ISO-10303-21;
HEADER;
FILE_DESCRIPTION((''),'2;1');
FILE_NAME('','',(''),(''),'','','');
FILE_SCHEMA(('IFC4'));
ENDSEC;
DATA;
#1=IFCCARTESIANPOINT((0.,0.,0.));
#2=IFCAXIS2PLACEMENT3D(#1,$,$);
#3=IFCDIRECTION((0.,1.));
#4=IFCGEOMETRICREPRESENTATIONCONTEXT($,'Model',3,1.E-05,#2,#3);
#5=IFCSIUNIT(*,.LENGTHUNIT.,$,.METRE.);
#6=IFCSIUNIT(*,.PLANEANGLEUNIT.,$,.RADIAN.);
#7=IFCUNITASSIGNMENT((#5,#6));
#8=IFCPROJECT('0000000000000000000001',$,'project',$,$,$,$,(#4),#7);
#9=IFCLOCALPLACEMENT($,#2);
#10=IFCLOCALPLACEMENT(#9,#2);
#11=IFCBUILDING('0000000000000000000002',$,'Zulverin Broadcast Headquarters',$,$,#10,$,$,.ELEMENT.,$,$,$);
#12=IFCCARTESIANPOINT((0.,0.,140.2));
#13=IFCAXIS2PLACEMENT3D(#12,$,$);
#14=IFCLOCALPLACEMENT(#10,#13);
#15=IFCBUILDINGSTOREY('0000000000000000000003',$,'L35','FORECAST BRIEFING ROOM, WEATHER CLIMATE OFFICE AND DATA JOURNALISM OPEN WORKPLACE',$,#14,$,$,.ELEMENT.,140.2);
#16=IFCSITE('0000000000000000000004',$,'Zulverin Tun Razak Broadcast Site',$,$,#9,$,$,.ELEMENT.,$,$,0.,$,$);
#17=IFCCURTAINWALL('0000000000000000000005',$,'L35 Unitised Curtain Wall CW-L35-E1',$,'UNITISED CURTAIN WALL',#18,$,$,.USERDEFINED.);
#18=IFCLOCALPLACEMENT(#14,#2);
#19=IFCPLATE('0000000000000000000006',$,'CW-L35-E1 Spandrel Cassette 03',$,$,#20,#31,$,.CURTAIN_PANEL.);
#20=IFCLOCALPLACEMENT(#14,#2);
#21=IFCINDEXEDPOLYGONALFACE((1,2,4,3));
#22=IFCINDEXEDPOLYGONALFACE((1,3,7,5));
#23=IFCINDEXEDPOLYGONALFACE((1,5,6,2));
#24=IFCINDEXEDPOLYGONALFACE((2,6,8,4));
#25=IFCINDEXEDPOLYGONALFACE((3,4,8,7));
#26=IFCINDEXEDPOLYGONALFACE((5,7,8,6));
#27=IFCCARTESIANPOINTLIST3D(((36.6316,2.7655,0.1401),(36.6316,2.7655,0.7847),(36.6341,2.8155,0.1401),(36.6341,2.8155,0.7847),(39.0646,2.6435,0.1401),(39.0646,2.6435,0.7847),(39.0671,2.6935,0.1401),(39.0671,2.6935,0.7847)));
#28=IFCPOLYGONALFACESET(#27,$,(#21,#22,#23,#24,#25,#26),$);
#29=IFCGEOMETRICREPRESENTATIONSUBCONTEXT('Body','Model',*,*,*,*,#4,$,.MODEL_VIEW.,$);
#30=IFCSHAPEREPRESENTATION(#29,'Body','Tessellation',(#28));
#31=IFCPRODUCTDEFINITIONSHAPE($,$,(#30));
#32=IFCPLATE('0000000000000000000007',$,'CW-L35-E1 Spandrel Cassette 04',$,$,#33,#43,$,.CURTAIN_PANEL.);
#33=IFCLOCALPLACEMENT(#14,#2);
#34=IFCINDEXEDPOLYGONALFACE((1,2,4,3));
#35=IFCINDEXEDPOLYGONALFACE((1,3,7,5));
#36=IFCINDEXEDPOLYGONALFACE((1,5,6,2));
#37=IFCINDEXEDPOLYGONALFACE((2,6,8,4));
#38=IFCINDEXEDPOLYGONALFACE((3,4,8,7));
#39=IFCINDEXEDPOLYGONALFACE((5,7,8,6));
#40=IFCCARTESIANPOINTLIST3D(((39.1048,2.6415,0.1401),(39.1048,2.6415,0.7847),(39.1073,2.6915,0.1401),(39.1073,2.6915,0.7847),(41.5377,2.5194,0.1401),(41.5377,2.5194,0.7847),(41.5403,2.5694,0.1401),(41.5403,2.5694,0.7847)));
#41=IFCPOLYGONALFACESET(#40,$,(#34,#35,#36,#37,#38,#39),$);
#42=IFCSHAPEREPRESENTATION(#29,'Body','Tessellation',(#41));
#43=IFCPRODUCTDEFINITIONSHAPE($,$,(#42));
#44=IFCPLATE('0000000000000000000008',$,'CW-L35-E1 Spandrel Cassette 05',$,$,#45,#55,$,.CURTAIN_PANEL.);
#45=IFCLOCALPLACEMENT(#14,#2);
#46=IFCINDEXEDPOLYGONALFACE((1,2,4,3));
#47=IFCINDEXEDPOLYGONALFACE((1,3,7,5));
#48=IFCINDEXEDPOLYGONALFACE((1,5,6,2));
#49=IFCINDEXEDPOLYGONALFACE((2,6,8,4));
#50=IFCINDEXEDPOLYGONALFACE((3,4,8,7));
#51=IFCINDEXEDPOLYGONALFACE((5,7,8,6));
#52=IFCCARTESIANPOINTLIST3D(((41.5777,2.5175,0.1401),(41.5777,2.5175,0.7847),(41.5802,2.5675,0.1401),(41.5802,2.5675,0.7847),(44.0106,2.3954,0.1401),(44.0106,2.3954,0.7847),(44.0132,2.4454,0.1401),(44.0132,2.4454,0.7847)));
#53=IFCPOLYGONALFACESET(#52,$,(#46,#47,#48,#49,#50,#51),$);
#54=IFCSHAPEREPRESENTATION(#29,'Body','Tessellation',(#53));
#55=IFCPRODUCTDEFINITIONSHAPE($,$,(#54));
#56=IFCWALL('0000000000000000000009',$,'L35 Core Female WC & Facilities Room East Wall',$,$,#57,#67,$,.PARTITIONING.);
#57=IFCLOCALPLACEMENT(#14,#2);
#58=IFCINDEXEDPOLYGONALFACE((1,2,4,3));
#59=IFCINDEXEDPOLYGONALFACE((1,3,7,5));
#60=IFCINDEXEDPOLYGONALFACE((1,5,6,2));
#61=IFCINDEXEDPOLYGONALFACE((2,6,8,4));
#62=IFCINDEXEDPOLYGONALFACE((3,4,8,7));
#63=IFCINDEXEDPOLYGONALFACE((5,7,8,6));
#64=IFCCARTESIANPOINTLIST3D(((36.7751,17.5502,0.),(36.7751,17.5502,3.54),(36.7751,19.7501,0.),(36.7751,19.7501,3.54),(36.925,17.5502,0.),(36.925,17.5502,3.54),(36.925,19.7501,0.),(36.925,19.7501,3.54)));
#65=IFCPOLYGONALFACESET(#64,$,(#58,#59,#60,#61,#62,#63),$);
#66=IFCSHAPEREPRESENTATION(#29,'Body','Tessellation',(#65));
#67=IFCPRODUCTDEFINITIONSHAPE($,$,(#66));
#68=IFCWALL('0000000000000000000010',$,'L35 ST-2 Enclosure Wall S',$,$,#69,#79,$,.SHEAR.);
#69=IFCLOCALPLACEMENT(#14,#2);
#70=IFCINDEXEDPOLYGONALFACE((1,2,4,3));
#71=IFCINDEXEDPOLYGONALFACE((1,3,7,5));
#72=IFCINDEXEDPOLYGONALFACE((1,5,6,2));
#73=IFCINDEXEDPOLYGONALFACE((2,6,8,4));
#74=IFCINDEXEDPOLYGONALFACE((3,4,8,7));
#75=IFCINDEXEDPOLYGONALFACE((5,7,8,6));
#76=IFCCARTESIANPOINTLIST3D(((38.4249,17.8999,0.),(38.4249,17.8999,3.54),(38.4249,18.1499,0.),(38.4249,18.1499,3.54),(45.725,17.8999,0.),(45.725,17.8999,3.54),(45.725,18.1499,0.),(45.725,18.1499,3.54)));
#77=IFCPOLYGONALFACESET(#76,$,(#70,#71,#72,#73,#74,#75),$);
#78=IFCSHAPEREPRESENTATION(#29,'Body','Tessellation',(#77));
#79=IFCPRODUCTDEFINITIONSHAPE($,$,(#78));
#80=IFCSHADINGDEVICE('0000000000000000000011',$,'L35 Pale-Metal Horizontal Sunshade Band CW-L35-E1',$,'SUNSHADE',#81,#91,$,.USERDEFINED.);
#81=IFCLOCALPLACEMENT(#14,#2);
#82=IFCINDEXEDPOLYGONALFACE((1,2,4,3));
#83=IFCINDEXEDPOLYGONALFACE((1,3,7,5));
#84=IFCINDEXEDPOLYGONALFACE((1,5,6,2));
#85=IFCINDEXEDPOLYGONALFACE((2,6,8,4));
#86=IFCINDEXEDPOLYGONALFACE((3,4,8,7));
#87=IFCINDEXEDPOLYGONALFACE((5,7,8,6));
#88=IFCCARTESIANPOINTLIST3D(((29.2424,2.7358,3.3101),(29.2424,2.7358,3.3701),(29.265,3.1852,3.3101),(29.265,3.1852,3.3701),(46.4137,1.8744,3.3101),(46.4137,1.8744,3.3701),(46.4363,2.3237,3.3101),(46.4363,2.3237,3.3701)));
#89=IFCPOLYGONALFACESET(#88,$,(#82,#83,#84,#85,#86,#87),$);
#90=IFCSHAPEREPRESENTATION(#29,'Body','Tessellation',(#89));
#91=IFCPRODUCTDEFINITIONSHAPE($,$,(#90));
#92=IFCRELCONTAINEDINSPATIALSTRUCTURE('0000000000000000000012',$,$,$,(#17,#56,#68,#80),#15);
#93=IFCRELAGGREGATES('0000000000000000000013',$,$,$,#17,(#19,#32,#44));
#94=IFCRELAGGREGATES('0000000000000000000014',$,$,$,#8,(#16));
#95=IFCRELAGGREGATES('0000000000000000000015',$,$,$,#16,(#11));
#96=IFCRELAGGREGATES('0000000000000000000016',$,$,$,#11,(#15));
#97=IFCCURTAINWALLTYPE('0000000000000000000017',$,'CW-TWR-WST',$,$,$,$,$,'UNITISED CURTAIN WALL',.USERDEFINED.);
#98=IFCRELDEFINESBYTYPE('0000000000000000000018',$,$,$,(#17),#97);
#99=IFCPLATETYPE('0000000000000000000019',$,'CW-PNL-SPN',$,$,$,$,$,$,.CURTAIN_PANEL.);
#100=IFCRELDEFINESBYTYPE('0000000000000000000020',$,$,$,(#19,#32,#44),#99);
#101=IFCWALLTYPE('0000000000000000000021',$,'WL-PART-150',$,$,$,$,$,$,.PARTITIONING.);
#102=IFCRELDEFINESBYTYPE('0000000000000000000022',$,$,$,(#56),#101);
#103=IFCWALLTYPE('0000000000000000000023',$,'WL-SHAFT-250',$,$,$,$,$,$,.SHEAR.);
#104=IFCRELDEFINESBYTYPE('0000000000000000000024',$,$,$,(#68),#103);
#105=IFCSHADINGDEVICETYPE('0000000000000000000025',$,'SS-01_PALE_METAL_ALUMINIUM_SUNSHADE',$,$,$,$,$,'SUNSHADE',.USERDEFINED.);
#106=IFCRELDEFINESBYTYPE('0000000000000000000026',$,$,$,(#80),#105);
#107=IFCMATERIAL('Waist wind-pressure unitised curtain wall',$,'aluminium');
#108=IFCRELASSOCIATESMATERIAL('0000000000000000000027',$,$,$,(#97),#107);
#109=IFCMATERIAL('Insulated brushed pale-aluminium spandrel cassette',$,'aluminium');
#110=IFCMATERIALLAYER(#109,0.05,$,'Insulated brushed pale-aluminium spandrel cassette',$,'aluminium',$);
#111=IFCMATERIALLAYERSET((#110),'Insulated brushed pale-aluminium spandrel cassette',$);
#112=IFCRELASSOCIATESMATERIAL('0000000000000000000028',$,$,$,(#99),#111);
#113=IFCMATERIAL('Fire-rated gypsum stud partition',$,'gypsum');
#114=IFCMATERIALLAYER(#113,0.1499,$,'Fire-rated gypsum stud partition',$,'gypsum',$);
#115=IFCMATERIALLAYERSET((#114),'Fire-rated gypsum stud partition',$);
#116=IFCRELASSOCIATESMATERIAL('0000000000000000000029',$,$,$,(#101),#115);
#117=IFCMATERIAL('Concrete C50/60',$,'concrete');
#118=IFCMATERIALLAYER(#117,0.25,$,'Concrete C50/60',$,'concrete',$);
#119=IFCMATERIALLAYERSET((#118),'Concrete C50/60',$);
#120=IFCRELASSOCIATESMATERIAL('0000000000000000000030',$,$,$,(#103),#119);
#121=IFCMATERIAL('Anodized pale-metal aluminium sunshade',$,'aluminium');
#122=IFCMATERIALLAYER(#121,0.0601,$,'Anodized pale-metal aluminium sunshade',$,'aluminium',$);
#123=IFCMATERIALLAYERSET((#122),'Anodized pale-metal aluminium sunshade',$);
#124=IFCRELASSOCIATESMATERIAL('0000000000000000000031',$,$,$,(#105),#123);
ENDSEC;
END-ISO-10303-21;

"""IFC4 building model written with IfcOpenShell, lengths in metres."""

from ifc_helpers import new_model, si_unit, direction, frame, frame_2d, origin, origin_2d, place, context, subcontext, project, spatial, rectangle, extrude, material, layer, layer_set, type_object, element, aggregate, save


model = new_model("IFC4")

# Units and contexts
model_context = context("Model", 3, precision=1e-05, world=origin(), true_north=direction((0.0, 1.0)))
body_context = subcontext(model_context, "Body", "Model", "MODEL_VIEW")
ifc_project = project(units=[si_unit("LENGTHUNIT", "METRE"), si_unit("PLANEANGLEUNIT", "RADIAN")], contexts=[model_context])

# Site, building, storey
site_placement = place(None, origin())
site = spatial("IfcSite", under=ifc_project, at=site_placement, Name="Zulverin Tun Razak Broadcast Site", CompositionType="ELEMENT", RefElevation=0.0)
building_placement = place(site_placement, origin())
building = spatial("IfcBuilding", under=site, at=building_placement, Name="Zulverin Broadcast Headquarters", CompositionType="ELEMENT")
storey_placement = place(building_placement, frame((0.0, 0.0, 140.2)))
storey = spatial("IfcBuildingStorey", under=building, at=storey_placement, Name="L35", Description="FORECAST BRIEFING ROOM, WEATHER CLIMATE OFFICE AND DATA JOURNALISM OPEN WORKPLACE", CompositionType="ELEMENT", Elevation=140.2)

# Shared definitions
ifc_material_1 = material(Name="Concrete C50/60", Category="concrete")

# Curtain wall, plates
ifc_material_2 = material(Name="Waist wind-pressure unitised curtain wall", Category="aluminium")
curtain_wall_type = type_object("IfcCurtainWallType", Name="CW-TWR-WST", ElementType="UNITISED CURTAIN WALL", PredefinedType="USERDEFINED", material=ifc_material_2)
curtain_wall_placement = place(storey_placement, origin())
curtain_wall = element("IfcCurtainWall", 1, at=curtain_wall_placement, inside=storey, type_object=curtain_wall_type, Name="L35 Unitised Curtain Wall CW-L35-E1", ObjectType="UNITISED CURTAIN WALL", PredefinedType="USERDEFINED")
ifc_material_3 = material(Name="Insulated brushed pale-aluminium spandrel cassette", Category="aluminium")
ifc_layer_1 = layer(ifc_material_3, 0.05, Name="Insulated brushed pale-aluminium spandrel cassette", Category="aluminium")
ifc_layer_set_1 = layer_set([ifc_layer_1], Name="Insulated brushed pale-aluminium spandrel cassette")
plate_type_1 = type_object("IfcPlateType", Name="CW-PNL-SPN", PredefinedType="CURTAIN_PANEL", material=ifc_layer_set_1)
plate_1_placement = place(storey_placement, frame((37.8494, 2.7295, 0.1401), z_axis=(0.0, 0.0, 1.0), x_axis=(0.998744, -0.050107, 0.0)))
plate_1 = element("IfcPlate", 2, at=plate_1_placement, type_object=plate_type_1, Name="CW-L35-E1 Spandrel Cassette 03", PredefinedType="CURTAIN_PANEL", context=body_context, shape_type="SweptSolid", body=[
    extrude(rectangle(XDim=2.436, YDim=0.05, at=origin_2d()), origin(), (0.0, 0.0, 1.0), 0.6445),
])
plate_2_placement = place(storey_placement, frame((40.3225, 2.6055, 0.1401), z_axis=(0.0, 0.0, 1.0), x_axis=(0.998744, -0.050107, 0.0)))
plate_2 = element("IfcPlate", 3, at=plate_2_placement, type_object=plate_type_1, Name="CW-L35-E1 Spandrel Cassette 04", PredefinedType="CURTAIN_PANEL", context=body_context, shape_type="SweptSolid", body=[
    extrude(rectangle(XDim=2.436, YDim=0.05, at=origin_2d()), origin(), (0.0, 0.0, 1.0), 0.6445),
])
plate_3_placement = place(storey_placement, frame((42.7954, 2.4814, 0.1401), z_axis=(0.0, 0.0, 1.0), x_axis=(0.998744, -0.050107, 0.0)))
plate_3 = element("IfcPlate", 4, at=plate_3_placement, type_object=plate_type_1, Name="CW-L35-E1 Spandrel Cassette 05", PredefinedType="CURTAIN_PANEL", context=body_context, shape_type="SweptSolid", body=[
    extrude(rectangle(XDim=2.436, YDim=0.05, at=origin_2d()), origin(), (0.0, 0.0, 1.0), 0.6445),
])
aggregate(curtain_wall, [plate_1, plate_2, plate_3])

# Walls
ifc_material_4 = material(Name="Fire-rated gypsum stud partition", Category="gypsum")
ifc_layer_2 = layer(ifc_material_4, 0.1499, Name="Fire-rated gypsum stud partition", Category="gypsum")
ifc_layer_set_2 = layer_set([ifc_layer_2], Name="Fire-rated gypsum stud partition")
wall_type_1 = type_object("IfcWallType", Name="WL-PART-150", PredefinedType="PARTITIONING", material=ifc_layer_set_2)
wall_1_placement = place(storey_placement, frame((36.8501, 17.55, 0.0), z_axis=(0.0, 0.0, 1.0), x_axis=(0.0, 1.0, 0.0)))
element("IfcWall", 5, at=wall_1_placement, inside=storey, type_object=wall_type_1, Name="L35 Core Female WC & Facilities Room East Wall", PredefinedType="PARTITIONING", context=body_context, shape_type="SweptSolid", body=[
    extrude(rectangle(XDim=2.2, YDim=0.1499, at=frame_2d((1.1001, 0.0))), origin(), (0.0, 0.0, 1.0), 3.54),
])
ifc_layer_3 = layer(ifc_material_1, 0.25, Name="Concrete C50/60", Category="concrete")
ifc_layer_set_3 = layer_set([ifc_layer_3], Name="Concrete C50/60")
wall_type_2 = type_object("IfcWallType", Name="WL-SHAFT-250", PredefinedType="SHEAR", material=ifc_layer_set_3)
wall_2_placement = place(storey_placement, frame((38.425, 18.0249, 0.0), z_axis=(0.0, 0.0, 1.0), x_axis=(1.0, 0.0, 0.0)))
element("IfcWall", 6, at=wall_2_placement, inside=storey, type_object=wall_type_2, Name="L35 ST-2 Enclosure Wall S", PredefinedType="SHEAR", context=body_context, shape_type="SweptSolid", body=[
    extrude(rectangle(XDim=7.3, YDim=0.25, at=frame_2d((3.6499, 0.0))), origin(), (0.0, 0.0, 1.0), 3.54),
])

# Shading device
ifc_material_5 = material(Name="Anodized pale-metal aluminium sunshade", Category="aluminium")
ifc_layer_4 = layer(ifc_material_5, 0.0601, Name="Anodized pale-metal aluminium sunshade", Category="aluminium")
ifc_layer_set_4 = layer_set([ifc_layer_4], Name="Anodized pale-metal aluminium sunshade")
shading_device_type = type_object("IfcShadingDeviceType", Name="SS-01_PALE_METAL_ALUMINIUM_SUNSHADE", ElementType="SUNSHADE", PredefinedType="USERDEFINED", material=ifc_layer_set_4)
shading_device_placement = place(storey_placement, frame((37.8394, 2.5298, 3.3101), z_axis=(0.0, 0.0, 1.0), x_axis=(0.998744, -0.050107, 0.0)))
element("IfcShadingDevice", 7, at=shading_device_placement, inside=storey, type_object=shading_device_type, Name="L35 Pale-Metal Horizontal Sunshade Band CW-L35-E1", ObjectType="SUNSHADE", PredefinedType="USERDEFINED", context=body_context, shape_type="SweptSolid", body=[
    extrude(rectangle(XDim=17.1929, YDim=0.45, at=origin_2d()), origin(), (0.0, 0.0, 1.0), 0.0601),
])

save(model, "model.ifc")
